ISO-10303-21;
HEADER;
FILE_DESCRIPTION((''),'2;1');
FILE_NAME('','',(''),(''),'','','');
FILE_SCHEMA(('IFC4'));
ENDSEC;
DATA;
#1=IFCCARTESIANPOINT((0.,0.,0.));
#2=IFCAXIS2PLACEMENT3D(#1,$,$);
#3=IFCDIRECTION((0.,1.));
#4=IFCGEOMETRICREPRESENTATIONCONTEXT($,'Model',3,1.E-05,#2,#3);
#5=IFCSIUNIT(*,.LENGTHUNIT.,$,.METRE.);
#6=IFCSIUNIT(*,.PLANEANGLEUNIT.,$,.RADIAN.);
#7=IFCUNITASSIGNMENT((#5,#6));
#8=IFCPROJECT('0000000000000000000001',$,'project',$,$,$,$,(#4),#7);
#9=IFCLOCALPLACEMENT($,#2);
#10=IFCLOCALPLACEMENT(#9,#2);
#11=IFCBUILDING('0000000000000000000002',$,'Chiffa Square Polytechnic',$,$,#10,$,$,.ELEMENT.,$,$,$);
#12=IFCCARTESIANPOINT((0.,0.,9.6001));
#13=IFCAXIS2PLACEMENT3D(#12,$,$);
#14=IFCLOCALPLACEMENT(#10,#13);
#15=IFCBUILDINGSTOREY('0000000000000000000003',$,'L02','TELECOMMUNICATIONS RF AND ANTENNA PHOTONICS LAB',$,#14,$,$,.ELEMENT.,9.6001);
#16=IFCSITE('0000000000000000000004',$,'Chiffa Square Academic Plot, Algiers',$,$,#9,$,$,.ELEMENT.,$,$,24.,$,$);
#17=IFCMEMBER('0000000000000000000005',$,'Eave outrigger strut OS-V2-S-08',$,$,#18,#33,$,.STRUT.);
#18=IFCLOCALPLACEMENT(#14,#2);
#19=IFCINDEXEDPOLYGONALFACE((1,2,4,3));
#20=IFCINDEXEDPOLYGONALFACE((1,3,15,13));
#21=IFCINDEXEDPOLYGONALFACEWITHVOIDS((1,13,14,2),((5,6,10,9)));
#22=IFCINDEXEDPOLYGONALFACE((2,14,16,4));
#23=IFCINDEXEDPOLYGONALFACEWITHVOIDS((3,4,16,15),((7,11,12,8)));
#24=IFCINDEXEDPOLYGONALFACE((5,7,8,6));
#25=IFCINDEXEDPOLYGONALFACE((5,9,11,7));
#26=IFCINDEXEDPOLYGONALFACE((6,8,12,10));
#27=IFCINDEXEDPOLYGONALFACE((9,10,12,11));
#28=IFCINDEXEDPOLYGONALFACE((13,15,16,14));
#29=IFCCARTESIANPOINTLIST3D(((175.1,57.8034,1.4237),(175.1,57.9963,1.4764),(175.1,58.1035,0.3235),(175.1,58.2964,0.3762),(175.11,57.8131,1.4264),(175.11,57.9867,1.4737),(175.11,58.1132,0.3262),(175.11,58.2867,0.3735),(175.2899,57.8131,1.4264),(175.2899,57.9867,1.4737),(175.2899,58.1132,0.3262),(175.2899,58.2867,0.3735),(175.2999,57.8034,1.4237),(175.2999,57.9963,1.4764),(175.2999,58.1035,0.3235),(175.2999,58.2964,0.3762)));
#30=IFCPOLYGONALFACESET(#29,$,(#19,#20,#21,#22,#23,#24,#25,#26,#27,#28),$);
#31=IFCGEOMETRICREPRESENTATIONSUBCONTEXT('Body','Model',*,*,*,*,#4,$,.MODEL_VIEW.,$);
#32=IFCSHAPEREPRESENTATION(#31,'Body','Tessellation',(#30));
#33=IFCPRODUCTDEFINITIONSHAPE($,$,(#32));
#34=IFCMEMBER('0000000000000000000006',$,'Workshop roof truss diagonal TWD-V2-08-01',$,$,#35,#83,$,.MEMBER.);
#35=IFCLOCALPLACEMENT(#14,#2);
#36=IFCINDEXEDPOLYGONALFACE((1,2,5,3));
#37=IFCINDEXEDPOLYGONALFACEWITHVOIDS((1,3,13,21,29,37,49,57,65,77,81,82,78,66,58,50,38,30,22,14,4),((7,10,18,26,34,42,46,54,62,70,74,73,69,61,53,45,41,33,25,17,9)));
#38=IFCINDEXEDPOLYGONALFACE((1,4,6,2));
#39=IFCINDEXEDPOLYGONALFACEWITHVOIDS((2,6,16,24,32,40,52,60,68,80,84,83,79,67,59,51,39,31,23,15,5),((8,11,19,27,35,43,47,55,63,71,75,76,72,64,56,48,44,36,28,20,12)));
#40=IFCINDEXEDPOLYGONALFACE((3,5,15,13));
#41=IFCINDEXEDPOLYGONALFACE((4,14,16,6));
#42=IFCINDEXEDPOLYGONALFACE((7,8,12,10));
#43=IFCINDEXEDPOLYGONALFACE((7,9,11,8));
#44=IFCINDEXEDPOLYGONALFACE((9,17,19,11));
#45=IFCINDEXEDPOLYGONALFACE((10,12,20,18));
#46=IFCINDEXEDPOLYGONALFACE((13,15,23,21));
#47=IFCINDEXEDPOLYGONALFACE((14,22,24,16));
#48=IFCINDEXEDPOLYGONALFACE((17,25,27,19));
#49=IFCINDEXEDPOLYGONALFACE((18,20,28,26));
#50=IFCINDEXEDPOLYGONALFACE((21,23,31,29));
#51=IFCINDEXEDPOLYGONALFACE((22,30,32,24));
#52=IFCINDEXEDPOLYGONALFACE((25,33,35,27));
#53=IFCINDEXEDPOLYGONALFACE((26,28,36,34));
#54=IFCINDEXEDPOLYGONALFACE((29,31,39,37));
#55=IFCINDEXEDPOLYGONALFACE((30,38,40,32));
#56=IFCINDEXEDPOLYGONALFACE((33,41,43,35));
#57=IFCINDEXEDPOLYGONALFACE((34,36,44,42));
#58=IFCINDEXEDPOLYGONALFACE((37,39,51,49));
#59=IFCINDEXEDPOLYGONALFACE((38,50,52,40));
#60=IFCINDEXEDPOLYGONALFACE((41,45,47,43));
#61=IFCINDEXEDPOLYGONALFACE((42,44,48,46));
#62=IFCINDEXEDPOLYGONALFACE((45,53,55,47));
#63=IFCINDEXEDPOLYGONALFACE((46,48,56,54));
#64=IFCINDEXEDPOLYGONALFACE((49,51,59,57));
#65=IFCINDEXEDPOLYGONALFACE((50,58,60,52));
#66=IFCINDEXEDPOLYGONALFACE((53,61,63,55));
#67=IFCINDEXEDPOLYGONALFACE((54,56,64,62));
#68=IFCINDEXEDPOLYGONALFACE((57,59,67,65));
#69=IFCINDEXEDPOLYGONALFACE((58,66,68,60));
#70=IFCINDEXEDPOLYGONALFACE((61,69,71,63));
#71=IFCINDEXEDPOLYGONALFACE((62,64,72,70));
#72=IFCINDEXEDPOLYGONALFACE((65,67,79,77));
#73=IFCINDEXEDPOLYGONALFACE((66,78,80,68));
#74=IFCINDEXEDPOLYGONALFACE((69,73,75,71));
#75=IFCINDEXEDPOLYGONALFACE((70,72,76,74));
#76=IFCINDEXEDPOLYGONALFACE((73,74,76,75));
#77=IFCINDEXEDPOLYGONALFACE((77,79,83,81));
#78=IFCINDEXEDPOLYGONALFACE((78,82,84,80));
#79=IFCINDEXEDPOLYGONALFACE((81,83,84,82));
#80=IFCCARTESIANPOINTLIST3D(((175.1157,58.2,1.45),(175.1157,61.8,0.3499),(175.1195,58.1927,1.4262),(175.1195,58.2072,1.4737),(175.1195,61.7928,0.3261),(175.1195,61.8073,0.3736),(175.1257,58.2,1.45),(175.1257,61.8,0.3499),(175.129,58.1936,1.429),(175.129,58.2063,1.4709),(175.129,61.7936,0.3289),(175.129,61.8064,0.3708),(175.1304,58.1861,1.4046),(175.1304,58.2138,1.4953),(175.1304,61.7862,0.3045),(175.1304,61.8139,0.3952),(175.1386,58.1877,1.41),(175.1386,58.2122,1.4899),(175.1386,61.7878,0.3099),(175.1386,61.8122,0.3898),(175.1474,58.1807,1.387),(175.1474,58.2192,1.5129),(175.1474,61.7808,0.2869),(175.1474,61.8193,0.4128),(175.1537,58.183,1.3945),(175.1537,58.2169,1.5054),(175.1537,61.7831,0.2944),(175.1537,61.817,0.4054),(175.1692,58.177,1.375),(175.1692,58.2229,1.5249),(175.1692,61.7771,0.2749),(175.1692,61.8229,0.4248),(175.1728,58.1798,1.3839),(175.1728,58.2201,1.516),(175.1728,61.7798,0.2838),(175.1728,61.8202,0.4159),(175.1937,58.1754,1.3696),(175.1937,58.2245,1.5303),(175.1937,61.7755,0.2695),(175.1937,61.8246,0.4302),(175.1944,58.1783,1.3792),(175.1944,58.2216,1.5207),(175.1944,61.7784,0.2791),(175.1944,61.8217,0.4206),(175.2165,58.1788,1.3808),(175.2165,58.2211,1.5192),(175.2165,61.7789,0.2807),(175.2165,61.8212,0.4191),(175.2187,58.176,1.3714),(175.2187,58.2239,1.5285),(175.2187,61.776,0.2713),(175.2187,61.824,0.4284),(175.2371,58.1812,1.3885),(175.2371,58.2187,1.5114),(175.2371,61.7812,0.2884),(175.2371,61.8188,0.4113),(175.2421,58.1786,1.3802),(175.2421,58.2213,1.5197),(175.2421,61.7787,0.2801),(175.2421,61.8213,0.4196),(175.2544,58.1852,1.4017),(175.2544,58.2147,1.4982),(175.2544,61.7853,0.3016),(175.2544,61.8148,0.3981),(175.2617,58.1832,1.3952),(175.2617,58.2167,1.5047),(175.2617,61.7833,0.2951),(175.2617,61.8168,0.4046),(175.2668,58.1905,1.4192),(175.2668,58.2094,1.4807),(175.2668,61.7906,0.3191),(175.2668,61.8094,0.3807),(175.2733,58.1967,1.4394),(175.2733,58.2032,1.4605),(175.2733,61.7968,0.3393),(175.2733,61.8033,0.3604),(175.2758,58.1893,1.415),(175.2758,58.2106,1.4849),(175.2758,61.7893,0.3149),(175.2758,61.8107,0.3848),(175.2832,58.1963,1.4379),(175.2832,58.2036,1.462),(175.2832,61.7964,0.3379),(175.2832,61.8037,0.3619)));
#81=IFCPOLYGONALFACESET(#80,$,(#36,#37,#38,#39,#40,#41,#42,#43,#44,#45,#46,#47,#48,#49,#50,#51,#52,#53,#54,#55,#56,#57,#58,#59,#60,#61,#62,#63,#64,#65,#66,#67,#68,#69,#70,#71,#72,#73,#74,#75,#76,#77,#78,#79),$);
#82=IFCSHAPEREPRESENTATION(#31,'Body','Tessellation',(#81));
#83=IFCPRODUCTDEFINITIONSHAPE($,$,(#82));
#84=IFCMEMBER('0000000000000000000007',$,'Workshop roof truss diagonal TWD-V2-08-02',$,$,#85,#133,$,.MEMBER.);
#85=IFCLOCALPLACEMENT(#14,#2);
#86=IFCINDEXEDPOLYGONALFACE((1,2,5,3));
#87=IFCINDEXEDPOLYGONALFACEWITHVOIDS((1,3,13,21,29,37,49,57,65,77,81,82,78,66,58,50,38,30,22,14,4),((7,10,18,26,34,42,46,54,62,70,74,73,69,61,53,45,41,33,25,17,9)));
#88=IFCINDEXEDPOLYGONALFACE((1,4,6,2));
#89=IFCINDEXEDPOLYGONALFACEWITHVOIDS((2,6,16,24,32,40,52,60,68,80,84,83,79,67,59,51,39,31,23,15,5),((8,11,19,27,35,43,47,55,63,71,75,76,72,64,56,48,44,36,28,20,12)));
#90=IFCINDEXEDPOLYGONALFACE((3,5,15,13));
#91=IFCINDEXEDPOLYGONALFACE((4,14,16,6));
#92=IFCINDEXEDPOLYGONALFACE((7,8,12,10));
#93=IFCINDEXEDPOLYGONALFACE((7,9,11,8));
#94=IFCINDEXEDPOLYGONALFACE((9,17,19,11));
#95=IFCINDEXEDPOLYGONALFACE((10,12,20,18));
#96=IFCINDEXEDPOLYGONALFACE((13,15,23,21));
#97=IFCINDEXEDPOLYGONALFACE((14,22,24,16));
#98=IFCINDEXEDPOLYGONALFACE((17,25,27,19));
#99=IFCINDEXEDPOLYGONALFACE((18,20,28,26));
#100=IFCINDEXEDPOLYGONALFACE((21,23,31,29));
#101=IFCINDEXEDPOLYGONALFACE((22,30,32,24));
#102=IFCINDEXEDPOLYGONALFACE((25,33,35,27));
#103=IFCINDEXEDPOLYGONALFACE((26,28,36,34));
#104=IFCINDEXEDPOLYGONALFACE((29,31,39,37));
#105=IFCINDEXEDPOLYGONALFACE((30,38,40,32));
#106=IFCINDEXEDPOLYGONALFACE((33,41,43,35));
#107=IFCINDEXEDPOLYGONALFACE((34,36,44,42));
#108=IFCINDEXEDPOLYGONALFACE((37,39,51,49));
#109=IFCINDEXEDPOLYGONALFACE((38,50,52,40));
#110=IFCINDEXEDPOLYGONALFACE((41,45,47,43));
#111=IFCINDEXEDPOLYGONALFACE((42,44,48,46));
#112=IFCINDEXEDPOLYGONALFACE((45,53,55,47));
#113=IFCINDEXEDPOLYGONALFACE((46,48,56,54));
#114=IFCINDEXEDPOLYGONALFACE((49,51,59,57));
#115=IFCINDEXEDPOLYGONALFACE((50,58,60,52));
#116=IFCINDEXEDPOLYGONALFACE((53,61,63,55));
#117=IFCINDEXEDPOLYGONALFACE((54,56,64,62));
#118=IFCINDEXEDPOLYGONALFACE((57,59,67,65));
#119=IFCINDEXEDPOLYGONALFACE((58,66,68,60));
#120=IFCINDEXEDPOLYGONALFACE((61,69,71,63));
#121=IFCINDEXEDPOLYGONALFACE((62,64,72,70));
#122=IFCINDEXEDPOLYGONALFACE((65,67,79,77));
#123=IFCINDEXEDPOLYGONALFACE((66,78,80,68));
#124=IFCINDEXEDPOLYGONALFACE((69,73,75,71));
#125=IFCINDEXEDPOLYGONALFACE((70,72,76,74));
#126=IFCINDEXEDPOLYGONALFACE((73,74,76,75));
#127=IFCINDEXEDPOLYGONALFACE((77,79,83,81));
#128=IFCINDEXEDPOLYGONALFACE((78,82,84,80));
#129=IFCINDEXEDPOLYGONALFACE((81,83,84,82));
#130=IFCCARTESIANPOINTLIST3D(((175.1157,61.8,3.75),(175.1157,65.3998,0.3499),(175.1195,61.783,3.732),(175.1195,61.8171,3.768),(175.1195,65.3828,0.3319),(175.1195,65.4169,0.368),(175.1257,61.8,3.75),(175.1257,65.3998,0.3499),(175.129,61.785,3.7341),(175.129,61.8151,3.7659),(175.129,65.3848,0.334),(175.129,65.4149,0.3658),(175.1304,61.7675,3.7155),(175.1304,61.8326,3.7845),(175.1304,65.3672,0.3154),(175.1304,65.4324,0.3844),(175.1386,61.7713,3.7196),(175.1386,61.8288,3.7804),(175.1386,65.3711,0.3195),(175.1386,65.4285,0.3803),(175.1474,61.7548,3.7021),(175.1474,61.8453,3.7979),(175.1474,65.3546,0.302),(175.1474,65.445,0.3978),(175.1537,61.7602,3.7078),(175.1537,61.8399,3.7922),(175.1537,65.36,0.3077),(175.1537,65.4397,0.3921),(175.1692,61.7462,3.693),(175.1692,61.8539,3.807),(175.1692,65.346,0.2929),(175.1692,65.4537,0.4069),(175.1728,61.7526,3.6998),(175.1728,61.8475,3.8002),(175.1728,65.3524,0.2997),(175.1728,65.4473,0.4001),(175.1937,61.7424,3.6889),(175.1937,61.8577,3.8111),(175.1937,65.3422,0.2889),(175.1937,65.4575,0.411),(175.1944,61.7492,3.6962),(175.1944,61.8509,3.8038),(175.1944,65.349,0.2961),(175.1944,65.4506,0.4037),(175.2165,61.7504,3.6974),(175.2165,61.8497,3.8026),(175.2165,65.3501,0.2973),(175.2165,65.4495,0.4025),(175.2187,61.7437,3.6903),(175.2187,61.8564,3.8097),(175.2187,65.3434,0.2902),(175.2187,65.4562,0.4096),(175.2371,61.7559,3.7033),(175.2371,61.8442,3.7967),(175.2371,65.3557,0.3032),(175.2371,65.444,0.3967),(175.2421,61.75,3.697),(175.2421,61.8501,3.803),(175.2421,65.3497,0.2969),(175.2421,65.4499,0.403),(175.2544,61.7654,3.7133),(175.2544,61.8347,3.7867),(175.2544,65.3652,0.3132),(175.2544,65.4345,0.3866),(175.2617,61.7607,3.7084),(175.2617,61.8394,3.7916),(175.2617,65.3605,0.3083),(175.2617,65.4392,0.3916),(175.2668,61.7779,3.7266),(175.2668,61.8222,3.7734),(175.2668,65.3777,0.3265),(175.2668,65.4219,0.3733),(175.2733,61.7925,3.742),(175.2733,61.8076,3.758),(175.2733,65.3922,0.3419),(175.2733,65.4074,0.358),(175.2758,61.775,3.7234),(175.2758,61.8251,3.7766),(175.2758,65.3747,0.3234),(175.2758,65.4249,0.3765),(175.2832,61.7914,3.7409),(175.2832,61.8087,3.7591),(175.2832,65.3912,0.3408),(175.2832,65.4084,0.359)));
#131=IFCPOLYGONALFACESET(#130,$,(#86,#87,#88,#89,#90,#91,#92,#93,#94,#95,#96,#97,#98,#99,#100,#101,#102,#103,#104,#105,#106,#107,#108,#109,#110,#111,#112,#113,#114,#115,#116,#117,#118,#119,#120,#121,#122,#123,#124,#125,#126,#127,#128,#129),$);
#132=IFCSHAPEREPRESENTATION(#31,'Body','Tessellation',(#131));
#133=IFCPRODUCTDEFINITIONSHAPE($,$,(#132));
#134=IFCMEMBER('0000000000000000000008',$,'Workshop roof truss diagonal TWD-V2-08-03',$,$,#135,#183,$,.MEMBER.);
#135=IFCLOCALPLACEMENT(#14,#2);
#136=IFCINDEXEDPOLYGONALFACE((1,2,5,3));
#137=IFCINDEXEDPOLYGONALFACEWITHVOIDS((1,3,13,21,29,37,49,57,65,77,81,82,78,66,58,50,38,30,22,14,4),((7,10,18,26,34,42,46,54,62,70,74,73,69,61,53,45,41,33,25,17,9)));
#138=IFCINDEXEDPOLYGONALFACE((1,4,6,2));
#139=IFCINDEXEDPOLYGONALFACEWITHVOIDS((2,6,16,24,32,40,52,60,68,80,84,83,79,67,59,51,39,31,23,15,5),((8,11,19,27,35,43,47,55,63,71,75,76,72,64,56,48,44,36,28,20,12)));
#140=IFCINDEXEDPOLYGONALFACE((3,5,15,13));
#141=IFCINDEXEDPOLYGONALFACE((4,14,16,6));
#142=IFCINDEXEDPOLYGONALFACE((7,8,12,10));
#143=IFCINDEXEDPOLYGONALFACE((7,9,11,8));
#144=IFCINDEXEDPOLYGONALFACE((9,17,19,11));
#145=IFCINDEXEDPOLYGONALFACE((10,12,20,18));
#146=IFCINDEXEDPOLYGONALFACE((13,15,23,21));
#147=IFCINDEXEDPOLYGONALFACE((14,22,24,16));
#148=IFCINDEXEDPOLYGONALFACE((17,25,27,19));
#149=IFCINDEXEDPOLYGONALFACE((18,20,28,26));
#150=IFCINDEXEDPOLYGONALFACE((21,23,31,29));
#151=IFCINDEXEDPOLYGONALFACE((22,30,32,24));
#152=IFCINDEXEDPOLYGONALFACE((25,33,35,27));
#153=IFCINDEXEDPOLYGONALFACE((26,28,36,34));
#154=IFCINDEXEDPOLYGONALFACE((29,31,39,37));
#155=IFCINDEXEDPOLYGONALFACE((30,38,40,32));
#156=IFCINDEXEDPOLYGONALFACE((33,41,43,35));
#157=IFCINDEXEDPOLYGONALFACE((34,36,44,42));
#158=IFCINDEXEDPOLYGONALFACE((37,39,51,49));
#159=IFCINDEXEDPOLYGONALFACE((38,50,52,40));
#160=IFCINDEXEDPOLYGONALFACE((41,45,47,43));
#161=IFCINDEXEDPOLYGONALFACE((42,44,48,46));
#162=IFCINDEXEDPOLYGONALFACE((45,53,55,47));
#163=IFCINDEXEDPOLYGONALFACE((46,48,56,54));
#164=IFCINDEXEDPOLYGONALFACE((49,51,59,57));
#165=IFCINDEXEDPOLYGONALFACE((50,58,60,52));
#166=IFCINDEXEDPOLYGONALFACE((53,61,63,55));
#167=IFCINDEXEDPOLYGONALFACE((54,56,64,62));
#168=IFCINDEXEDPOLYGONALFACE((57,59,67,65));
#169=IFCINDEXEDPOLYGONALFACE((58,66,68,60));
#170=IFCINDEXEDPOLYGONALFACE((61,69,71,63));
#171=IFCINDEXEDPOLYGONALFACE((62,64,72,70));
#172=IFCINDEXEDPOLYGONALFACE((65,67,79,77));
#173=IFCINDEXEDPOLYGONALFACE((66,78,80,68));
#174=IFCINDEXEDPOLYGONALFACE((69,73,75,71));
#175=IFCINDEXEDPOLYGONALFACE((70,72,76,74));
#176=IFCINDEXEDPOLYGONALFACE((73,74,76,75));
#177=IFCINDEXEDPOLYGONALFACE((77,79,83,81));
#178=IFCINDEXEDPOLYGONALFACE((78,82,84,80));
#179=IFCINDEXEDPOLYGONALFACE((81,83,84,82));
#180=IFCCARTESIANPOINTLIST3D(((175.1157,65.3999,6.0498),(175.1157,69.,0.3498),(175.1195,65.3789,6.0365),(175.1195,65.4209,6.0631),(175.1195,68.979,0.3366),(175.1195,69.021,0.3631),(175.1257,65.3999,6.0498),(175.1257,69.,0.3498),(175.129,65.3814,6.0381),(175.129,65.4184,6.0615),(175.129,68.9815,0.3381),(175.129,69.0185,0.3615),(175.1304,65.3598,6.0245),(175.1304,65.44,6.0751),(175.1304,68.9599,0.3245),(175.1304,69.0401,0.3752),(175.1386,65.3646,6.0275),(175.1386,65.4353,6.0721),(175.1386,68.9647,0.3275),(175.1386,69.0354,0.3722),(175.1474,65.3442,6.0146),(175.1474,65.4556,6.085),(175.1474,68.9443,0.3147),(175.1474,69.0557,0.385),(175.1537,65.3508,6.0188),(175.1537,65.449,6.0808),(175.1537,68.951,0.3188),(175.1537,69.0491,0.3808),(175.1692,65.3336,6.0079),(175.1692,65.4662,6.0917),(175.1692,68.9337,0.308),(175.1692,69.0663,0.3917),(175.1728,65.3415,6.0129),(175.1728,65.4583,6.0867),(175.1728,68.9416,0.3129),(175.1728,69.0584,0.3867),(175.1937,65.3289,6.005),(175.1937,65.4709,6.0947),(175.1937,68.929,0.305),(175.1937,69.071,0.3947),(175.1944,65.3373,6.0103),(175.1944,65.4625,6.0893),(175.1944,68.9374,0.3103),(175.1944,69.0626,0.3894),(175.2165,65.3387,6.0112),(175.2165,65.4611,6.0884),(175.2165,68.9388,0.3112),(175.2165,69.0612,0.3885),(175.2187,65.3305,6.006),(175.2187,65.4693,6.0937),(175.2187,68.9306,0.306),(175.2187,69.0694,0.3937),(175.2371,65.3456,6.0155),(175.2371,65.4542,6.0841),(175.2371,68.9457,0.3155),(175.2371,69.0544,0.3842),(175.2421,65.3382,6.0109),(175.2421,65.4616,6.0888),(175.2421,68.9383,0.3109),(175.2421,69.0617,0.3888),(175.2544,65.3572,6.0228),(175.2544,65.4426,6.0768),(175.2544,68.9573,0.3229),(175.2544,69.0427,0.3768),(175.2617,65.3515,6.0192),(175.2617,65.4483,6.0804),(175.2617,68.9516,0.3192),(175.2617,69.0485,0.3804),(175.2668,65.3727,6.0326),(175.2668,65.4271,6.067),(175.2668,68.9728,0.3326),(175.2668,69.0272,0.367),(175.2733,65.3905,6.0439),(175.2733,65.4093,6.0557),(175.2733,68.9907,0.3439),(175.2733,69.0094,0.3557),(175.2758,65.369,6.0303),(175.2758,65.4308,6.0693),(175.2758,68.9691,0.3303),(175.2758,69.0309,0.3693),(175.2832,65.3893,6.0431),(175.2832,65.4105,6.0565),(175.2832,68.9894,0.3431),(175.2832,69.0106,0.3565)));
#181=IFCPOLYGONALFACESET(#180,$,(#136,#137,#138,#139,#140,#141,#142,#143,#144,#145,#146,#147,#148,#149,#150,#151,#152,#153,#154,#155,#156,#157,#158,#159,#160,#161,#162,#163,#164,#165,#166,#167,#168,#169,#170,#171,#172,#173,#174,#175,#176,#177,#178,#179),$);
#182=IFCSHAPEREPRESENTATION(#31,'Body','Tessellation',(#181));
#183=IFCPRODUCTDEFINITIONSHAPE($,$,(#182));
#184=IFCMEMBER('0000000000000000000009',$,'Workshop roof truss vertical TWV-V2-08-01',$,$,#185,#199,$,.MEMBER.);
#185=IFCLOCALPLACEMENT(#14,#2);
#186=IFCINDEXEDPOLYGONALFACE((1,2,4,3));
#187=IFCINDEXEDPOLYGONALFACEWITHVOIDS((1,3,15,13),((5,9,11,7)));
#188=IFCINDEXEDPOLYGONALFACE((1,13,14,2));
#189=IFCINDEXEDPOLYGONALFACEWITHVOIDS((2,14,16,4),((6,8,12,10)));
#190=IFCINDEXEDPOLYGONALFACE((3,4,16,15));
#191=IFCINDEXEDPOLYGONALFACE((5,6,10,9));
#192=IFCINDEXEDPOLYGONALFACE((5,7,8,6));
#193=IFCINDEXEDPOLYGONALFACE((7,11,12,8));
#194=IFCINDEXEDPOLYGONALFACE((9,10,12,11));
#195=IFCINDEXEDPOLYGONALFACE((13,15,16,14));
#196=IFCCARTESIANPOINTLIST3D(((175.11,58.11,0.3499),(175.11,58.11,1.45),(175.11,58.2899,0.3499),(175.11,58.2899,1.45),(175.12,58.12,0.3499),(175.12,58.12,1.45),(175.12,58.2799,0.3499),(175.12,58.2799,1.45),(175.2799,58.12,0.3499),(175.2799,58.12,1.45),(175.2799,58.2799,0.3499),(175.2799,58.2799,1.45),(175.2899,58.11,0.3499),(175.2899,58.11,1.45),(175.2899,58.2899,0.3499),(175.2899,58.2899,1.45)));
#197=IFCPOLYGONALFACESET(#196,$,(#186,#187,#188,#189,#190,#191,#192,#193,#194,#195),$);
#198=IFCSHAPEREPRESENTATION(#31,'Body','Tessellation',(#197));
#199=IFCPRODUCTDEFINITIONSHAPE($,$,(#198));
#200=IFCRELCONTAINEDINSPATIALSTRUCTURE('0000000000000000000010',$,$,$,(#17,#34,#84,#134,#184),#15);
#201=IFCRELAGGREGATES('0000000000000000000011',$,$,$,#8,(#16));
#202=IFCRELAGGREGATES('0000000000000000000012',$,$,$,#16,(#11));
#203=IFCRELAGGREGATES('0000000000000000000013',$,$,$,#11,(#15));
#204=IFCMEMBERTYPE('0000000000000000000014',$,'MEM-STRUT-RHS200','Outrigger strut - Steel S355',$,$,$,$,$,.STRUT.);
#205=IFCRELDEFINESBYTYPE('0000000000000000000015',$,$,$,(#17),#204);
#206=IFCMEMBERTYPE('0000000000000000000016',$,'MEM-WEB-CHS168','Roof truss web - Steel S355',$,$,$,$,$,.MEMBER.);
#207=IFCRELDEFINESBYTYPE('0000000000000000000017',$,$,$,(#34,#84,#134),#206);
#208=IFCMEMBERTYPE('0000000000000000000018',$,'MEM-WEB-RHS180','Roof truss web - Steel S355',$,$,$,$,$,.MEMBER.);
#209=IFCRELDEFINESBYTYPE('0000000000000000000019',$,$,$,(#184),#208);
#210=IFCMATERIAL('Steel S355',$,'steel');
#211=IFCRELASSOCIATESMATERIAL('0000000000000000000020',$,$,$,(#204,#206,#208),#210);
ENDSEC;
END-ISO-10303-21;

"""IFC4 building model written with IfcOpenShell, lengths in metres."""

from ifc_helpers import new_model, si_unit, direction, frame, origin, origin_2d, place, context, subcontext, project, spatial, hollow_rectangle, hollow_circle, extrude, material, material_profile, profile_set, type_object, element, save


model = new_model("IFC4")

# Units and contexts
model_context = context("Model", 3, precision=1e-05, world=origin(), true_north=direction((0.0, 1.0)))
body_context = subcontext(model_context, "Body", "Model", "MODEL_VIEW")
ifc_project = project(units=[si_unit("LENGTHUNIT", "METRE"), si_unit("PLANEANGLEUNIT", "RADIAN")], contexts=[model_context])

# Site, building, storey
site_placement = place(None, origin())
site = spatial("IfcSite", under=ifc_project, at=site_placement, Name="Chiffa Square Academic Plot, Algiers", CompositionType="ELEMENT", RefElevation=24.0)
building_placement = place(site_placement, origin())
building = spatial("IfcBuilding", under=site, at=building_placement, Name="Chiffa Square Polytechnic", CompositionType="ELEMENT")
storey_placement = place(building_placement, frame((0.0, 0.0, 9.6001)))
storey = spatial("IfcBuildingStorey", under=building, at=storey_placement, Name="L02", Description="TELECOMMUNICATIONS RF AND ANTENNA PHOTONICS LAB", CompositionType="ELEMENT", Elevation=9.6001)

# Shared definitions
ifc_material_1 = material(Name="Steel S355", Category="steel")

# Members
ifc_material_profile_1 = material_profile(ifc_material_1, hollow_rectangle(XDim=0.2, YDim=0.2, WallThickness=0.01, at=origin_2d()), Name="RHS 200x200x10")
ifc_profile_set_1 = profile_set([ifc_material_profile_1], Name="Steel S355")
member_type_1 = type_object("IfcMemberType", Name="MEM-STRUT-RHS200", Description="Outrigger strut - Steel S355", PredefinedType="STRUT", material=ifc_profile_set_1)
member_1_placement = place(storey_placement, frame((175.2, 58.2, 0.3499), z_axis=(0.0, -0.263136, 0.964759), x_axis=(1.0, 0.0, 0.0)))
element("IfcMember", 1, at=member_1_placement, inside=storey, type_object=member_type_1, Name="Eave outrigger strut OS-V2-S-08", PredefinedType="STRUT", context=body_context, shape_type="SweptSolid", body=[
    extrude(hollow_rectangle(XDim=0.2, YDim=0.2, WallThickness=0.01, at=origin_2d()), origin(), (0.0, 0.0, 1.0), 1.1404),
])
ifc_material_profile_2 = material_profile(ifc_material_1, hollow_circle(Radius=0.0842, WallThickness=0.01, at=origin_2d()), Name="CHS 168.3x10")
ifc_profile_set_2 = profile_set([ifc_material_profile_2], Name="Steel S355")
member_type_2 = type_object("IfcMemberType", Name="MEM-WEB-CHS168", Description="Roof truss web - Steel S355", PredefinedType="MEMBER", material=ifc_profile_set_2)
member_2_placement = place(storey_placement, frame((175.2, 58.2, 1.45), z_axis=(0.0, 0.956347, -0.292235), x_axis=(-1.0, 0.0, 0.0)))
element("IfcMember", 2, at=member_2_placement, inside=storey, type_object=member_type_2, Name="Workshop roof truss diagonal TWD-V2-08-01", PredefinedType="MEMBER", context=body_context, shape_type="SweptSolid", body=[
    extrude(hollow_circle(Radius=0.0842, WallThickness=0.01, at=origin_2d()), origin(), (0.0, 0.0, 1.0), 3.7644),
])
member_3_placement = place(storey_placement, frame((175.2, 61.8, 3.75), z_axis=(0.0, 0.726984, -0.686654), x_axis=(-1.0, 0.0, 0.0)))
element("IfcMember", 3, at=member_3_placement, inside=storey, type_object=member_type_2, Name="Workshop roof truss diagonal TWD-V2-08-02", PredefinedType="MEMBER", context=body_context, shape_type="SweptSolid", body=[
    extrude(hollow_circle(Radius=0.0842, WallThickness=0.01, at=origin_2d()), origin(), (0.0, 0.0, 1.0), 4.9517),
])
member_4_placement = place(storey_placement, frame((175.2, 65.3999, 6.0498), z_axis=(0.0, 0.534007, -0.84548), x_axis=(-1.0, 0.0, 0.0)))
element("IfcMember", 4, at=member_4_placement, inside=storey, type_object=member_type_2, Name="Workshop roof truss diagonal TWD-V2-08-03", PredefinedType="MEMBER", context=body_context, shape_type="SweptSolid", body=[
    extrude(hollow_circle(Radius=0.0842, WallThickness=0.01, at=origin_2d()), origin(), (0.0, 0.0, 1.0), 6.7417),
])
ifc_material_profile_3 = material_profile(ifc_material_1, hollow_rectangle(XDim=0.1799, YDim=0.1799, WallThickness=0.01, at=origin_2d()), Name="RHS 180x180x10")
ifc_profile_set_3 = profile_set([ifc_material_profile_3], Name="Steel S355")
member_type_3 = type_object("IfcMemberType", Name="MEM-WEB-RHS180", Description="Roof truss web - Steel S355", PredefinedType="MEMBER", material=ifc_profile_set_3)
member_5_placement = place(storey_placement, frame((175.2, 58.2, 0.3499), z_axis=(0.0, 0.0, 1.0), x_axis=(1.0, 0.0, 0.0)))
element("IfcMember", 5, at=member_5_placement, inside=storey, type_object=member_type_3, Name="Workshop roof truss vertical TWV-V2-08-01", PredefinedType="MEMBER", context=body_context, shape_type="SweptSolid", body=[
    extrude(hollow_rectangle(XDim=0.1799, YDim=0.1799, WallThickness=0.01, at=origin_2d()), origin(), (0.0, 0.0, 1.0), 1.1001),
])

save(model, "model.ifc")
